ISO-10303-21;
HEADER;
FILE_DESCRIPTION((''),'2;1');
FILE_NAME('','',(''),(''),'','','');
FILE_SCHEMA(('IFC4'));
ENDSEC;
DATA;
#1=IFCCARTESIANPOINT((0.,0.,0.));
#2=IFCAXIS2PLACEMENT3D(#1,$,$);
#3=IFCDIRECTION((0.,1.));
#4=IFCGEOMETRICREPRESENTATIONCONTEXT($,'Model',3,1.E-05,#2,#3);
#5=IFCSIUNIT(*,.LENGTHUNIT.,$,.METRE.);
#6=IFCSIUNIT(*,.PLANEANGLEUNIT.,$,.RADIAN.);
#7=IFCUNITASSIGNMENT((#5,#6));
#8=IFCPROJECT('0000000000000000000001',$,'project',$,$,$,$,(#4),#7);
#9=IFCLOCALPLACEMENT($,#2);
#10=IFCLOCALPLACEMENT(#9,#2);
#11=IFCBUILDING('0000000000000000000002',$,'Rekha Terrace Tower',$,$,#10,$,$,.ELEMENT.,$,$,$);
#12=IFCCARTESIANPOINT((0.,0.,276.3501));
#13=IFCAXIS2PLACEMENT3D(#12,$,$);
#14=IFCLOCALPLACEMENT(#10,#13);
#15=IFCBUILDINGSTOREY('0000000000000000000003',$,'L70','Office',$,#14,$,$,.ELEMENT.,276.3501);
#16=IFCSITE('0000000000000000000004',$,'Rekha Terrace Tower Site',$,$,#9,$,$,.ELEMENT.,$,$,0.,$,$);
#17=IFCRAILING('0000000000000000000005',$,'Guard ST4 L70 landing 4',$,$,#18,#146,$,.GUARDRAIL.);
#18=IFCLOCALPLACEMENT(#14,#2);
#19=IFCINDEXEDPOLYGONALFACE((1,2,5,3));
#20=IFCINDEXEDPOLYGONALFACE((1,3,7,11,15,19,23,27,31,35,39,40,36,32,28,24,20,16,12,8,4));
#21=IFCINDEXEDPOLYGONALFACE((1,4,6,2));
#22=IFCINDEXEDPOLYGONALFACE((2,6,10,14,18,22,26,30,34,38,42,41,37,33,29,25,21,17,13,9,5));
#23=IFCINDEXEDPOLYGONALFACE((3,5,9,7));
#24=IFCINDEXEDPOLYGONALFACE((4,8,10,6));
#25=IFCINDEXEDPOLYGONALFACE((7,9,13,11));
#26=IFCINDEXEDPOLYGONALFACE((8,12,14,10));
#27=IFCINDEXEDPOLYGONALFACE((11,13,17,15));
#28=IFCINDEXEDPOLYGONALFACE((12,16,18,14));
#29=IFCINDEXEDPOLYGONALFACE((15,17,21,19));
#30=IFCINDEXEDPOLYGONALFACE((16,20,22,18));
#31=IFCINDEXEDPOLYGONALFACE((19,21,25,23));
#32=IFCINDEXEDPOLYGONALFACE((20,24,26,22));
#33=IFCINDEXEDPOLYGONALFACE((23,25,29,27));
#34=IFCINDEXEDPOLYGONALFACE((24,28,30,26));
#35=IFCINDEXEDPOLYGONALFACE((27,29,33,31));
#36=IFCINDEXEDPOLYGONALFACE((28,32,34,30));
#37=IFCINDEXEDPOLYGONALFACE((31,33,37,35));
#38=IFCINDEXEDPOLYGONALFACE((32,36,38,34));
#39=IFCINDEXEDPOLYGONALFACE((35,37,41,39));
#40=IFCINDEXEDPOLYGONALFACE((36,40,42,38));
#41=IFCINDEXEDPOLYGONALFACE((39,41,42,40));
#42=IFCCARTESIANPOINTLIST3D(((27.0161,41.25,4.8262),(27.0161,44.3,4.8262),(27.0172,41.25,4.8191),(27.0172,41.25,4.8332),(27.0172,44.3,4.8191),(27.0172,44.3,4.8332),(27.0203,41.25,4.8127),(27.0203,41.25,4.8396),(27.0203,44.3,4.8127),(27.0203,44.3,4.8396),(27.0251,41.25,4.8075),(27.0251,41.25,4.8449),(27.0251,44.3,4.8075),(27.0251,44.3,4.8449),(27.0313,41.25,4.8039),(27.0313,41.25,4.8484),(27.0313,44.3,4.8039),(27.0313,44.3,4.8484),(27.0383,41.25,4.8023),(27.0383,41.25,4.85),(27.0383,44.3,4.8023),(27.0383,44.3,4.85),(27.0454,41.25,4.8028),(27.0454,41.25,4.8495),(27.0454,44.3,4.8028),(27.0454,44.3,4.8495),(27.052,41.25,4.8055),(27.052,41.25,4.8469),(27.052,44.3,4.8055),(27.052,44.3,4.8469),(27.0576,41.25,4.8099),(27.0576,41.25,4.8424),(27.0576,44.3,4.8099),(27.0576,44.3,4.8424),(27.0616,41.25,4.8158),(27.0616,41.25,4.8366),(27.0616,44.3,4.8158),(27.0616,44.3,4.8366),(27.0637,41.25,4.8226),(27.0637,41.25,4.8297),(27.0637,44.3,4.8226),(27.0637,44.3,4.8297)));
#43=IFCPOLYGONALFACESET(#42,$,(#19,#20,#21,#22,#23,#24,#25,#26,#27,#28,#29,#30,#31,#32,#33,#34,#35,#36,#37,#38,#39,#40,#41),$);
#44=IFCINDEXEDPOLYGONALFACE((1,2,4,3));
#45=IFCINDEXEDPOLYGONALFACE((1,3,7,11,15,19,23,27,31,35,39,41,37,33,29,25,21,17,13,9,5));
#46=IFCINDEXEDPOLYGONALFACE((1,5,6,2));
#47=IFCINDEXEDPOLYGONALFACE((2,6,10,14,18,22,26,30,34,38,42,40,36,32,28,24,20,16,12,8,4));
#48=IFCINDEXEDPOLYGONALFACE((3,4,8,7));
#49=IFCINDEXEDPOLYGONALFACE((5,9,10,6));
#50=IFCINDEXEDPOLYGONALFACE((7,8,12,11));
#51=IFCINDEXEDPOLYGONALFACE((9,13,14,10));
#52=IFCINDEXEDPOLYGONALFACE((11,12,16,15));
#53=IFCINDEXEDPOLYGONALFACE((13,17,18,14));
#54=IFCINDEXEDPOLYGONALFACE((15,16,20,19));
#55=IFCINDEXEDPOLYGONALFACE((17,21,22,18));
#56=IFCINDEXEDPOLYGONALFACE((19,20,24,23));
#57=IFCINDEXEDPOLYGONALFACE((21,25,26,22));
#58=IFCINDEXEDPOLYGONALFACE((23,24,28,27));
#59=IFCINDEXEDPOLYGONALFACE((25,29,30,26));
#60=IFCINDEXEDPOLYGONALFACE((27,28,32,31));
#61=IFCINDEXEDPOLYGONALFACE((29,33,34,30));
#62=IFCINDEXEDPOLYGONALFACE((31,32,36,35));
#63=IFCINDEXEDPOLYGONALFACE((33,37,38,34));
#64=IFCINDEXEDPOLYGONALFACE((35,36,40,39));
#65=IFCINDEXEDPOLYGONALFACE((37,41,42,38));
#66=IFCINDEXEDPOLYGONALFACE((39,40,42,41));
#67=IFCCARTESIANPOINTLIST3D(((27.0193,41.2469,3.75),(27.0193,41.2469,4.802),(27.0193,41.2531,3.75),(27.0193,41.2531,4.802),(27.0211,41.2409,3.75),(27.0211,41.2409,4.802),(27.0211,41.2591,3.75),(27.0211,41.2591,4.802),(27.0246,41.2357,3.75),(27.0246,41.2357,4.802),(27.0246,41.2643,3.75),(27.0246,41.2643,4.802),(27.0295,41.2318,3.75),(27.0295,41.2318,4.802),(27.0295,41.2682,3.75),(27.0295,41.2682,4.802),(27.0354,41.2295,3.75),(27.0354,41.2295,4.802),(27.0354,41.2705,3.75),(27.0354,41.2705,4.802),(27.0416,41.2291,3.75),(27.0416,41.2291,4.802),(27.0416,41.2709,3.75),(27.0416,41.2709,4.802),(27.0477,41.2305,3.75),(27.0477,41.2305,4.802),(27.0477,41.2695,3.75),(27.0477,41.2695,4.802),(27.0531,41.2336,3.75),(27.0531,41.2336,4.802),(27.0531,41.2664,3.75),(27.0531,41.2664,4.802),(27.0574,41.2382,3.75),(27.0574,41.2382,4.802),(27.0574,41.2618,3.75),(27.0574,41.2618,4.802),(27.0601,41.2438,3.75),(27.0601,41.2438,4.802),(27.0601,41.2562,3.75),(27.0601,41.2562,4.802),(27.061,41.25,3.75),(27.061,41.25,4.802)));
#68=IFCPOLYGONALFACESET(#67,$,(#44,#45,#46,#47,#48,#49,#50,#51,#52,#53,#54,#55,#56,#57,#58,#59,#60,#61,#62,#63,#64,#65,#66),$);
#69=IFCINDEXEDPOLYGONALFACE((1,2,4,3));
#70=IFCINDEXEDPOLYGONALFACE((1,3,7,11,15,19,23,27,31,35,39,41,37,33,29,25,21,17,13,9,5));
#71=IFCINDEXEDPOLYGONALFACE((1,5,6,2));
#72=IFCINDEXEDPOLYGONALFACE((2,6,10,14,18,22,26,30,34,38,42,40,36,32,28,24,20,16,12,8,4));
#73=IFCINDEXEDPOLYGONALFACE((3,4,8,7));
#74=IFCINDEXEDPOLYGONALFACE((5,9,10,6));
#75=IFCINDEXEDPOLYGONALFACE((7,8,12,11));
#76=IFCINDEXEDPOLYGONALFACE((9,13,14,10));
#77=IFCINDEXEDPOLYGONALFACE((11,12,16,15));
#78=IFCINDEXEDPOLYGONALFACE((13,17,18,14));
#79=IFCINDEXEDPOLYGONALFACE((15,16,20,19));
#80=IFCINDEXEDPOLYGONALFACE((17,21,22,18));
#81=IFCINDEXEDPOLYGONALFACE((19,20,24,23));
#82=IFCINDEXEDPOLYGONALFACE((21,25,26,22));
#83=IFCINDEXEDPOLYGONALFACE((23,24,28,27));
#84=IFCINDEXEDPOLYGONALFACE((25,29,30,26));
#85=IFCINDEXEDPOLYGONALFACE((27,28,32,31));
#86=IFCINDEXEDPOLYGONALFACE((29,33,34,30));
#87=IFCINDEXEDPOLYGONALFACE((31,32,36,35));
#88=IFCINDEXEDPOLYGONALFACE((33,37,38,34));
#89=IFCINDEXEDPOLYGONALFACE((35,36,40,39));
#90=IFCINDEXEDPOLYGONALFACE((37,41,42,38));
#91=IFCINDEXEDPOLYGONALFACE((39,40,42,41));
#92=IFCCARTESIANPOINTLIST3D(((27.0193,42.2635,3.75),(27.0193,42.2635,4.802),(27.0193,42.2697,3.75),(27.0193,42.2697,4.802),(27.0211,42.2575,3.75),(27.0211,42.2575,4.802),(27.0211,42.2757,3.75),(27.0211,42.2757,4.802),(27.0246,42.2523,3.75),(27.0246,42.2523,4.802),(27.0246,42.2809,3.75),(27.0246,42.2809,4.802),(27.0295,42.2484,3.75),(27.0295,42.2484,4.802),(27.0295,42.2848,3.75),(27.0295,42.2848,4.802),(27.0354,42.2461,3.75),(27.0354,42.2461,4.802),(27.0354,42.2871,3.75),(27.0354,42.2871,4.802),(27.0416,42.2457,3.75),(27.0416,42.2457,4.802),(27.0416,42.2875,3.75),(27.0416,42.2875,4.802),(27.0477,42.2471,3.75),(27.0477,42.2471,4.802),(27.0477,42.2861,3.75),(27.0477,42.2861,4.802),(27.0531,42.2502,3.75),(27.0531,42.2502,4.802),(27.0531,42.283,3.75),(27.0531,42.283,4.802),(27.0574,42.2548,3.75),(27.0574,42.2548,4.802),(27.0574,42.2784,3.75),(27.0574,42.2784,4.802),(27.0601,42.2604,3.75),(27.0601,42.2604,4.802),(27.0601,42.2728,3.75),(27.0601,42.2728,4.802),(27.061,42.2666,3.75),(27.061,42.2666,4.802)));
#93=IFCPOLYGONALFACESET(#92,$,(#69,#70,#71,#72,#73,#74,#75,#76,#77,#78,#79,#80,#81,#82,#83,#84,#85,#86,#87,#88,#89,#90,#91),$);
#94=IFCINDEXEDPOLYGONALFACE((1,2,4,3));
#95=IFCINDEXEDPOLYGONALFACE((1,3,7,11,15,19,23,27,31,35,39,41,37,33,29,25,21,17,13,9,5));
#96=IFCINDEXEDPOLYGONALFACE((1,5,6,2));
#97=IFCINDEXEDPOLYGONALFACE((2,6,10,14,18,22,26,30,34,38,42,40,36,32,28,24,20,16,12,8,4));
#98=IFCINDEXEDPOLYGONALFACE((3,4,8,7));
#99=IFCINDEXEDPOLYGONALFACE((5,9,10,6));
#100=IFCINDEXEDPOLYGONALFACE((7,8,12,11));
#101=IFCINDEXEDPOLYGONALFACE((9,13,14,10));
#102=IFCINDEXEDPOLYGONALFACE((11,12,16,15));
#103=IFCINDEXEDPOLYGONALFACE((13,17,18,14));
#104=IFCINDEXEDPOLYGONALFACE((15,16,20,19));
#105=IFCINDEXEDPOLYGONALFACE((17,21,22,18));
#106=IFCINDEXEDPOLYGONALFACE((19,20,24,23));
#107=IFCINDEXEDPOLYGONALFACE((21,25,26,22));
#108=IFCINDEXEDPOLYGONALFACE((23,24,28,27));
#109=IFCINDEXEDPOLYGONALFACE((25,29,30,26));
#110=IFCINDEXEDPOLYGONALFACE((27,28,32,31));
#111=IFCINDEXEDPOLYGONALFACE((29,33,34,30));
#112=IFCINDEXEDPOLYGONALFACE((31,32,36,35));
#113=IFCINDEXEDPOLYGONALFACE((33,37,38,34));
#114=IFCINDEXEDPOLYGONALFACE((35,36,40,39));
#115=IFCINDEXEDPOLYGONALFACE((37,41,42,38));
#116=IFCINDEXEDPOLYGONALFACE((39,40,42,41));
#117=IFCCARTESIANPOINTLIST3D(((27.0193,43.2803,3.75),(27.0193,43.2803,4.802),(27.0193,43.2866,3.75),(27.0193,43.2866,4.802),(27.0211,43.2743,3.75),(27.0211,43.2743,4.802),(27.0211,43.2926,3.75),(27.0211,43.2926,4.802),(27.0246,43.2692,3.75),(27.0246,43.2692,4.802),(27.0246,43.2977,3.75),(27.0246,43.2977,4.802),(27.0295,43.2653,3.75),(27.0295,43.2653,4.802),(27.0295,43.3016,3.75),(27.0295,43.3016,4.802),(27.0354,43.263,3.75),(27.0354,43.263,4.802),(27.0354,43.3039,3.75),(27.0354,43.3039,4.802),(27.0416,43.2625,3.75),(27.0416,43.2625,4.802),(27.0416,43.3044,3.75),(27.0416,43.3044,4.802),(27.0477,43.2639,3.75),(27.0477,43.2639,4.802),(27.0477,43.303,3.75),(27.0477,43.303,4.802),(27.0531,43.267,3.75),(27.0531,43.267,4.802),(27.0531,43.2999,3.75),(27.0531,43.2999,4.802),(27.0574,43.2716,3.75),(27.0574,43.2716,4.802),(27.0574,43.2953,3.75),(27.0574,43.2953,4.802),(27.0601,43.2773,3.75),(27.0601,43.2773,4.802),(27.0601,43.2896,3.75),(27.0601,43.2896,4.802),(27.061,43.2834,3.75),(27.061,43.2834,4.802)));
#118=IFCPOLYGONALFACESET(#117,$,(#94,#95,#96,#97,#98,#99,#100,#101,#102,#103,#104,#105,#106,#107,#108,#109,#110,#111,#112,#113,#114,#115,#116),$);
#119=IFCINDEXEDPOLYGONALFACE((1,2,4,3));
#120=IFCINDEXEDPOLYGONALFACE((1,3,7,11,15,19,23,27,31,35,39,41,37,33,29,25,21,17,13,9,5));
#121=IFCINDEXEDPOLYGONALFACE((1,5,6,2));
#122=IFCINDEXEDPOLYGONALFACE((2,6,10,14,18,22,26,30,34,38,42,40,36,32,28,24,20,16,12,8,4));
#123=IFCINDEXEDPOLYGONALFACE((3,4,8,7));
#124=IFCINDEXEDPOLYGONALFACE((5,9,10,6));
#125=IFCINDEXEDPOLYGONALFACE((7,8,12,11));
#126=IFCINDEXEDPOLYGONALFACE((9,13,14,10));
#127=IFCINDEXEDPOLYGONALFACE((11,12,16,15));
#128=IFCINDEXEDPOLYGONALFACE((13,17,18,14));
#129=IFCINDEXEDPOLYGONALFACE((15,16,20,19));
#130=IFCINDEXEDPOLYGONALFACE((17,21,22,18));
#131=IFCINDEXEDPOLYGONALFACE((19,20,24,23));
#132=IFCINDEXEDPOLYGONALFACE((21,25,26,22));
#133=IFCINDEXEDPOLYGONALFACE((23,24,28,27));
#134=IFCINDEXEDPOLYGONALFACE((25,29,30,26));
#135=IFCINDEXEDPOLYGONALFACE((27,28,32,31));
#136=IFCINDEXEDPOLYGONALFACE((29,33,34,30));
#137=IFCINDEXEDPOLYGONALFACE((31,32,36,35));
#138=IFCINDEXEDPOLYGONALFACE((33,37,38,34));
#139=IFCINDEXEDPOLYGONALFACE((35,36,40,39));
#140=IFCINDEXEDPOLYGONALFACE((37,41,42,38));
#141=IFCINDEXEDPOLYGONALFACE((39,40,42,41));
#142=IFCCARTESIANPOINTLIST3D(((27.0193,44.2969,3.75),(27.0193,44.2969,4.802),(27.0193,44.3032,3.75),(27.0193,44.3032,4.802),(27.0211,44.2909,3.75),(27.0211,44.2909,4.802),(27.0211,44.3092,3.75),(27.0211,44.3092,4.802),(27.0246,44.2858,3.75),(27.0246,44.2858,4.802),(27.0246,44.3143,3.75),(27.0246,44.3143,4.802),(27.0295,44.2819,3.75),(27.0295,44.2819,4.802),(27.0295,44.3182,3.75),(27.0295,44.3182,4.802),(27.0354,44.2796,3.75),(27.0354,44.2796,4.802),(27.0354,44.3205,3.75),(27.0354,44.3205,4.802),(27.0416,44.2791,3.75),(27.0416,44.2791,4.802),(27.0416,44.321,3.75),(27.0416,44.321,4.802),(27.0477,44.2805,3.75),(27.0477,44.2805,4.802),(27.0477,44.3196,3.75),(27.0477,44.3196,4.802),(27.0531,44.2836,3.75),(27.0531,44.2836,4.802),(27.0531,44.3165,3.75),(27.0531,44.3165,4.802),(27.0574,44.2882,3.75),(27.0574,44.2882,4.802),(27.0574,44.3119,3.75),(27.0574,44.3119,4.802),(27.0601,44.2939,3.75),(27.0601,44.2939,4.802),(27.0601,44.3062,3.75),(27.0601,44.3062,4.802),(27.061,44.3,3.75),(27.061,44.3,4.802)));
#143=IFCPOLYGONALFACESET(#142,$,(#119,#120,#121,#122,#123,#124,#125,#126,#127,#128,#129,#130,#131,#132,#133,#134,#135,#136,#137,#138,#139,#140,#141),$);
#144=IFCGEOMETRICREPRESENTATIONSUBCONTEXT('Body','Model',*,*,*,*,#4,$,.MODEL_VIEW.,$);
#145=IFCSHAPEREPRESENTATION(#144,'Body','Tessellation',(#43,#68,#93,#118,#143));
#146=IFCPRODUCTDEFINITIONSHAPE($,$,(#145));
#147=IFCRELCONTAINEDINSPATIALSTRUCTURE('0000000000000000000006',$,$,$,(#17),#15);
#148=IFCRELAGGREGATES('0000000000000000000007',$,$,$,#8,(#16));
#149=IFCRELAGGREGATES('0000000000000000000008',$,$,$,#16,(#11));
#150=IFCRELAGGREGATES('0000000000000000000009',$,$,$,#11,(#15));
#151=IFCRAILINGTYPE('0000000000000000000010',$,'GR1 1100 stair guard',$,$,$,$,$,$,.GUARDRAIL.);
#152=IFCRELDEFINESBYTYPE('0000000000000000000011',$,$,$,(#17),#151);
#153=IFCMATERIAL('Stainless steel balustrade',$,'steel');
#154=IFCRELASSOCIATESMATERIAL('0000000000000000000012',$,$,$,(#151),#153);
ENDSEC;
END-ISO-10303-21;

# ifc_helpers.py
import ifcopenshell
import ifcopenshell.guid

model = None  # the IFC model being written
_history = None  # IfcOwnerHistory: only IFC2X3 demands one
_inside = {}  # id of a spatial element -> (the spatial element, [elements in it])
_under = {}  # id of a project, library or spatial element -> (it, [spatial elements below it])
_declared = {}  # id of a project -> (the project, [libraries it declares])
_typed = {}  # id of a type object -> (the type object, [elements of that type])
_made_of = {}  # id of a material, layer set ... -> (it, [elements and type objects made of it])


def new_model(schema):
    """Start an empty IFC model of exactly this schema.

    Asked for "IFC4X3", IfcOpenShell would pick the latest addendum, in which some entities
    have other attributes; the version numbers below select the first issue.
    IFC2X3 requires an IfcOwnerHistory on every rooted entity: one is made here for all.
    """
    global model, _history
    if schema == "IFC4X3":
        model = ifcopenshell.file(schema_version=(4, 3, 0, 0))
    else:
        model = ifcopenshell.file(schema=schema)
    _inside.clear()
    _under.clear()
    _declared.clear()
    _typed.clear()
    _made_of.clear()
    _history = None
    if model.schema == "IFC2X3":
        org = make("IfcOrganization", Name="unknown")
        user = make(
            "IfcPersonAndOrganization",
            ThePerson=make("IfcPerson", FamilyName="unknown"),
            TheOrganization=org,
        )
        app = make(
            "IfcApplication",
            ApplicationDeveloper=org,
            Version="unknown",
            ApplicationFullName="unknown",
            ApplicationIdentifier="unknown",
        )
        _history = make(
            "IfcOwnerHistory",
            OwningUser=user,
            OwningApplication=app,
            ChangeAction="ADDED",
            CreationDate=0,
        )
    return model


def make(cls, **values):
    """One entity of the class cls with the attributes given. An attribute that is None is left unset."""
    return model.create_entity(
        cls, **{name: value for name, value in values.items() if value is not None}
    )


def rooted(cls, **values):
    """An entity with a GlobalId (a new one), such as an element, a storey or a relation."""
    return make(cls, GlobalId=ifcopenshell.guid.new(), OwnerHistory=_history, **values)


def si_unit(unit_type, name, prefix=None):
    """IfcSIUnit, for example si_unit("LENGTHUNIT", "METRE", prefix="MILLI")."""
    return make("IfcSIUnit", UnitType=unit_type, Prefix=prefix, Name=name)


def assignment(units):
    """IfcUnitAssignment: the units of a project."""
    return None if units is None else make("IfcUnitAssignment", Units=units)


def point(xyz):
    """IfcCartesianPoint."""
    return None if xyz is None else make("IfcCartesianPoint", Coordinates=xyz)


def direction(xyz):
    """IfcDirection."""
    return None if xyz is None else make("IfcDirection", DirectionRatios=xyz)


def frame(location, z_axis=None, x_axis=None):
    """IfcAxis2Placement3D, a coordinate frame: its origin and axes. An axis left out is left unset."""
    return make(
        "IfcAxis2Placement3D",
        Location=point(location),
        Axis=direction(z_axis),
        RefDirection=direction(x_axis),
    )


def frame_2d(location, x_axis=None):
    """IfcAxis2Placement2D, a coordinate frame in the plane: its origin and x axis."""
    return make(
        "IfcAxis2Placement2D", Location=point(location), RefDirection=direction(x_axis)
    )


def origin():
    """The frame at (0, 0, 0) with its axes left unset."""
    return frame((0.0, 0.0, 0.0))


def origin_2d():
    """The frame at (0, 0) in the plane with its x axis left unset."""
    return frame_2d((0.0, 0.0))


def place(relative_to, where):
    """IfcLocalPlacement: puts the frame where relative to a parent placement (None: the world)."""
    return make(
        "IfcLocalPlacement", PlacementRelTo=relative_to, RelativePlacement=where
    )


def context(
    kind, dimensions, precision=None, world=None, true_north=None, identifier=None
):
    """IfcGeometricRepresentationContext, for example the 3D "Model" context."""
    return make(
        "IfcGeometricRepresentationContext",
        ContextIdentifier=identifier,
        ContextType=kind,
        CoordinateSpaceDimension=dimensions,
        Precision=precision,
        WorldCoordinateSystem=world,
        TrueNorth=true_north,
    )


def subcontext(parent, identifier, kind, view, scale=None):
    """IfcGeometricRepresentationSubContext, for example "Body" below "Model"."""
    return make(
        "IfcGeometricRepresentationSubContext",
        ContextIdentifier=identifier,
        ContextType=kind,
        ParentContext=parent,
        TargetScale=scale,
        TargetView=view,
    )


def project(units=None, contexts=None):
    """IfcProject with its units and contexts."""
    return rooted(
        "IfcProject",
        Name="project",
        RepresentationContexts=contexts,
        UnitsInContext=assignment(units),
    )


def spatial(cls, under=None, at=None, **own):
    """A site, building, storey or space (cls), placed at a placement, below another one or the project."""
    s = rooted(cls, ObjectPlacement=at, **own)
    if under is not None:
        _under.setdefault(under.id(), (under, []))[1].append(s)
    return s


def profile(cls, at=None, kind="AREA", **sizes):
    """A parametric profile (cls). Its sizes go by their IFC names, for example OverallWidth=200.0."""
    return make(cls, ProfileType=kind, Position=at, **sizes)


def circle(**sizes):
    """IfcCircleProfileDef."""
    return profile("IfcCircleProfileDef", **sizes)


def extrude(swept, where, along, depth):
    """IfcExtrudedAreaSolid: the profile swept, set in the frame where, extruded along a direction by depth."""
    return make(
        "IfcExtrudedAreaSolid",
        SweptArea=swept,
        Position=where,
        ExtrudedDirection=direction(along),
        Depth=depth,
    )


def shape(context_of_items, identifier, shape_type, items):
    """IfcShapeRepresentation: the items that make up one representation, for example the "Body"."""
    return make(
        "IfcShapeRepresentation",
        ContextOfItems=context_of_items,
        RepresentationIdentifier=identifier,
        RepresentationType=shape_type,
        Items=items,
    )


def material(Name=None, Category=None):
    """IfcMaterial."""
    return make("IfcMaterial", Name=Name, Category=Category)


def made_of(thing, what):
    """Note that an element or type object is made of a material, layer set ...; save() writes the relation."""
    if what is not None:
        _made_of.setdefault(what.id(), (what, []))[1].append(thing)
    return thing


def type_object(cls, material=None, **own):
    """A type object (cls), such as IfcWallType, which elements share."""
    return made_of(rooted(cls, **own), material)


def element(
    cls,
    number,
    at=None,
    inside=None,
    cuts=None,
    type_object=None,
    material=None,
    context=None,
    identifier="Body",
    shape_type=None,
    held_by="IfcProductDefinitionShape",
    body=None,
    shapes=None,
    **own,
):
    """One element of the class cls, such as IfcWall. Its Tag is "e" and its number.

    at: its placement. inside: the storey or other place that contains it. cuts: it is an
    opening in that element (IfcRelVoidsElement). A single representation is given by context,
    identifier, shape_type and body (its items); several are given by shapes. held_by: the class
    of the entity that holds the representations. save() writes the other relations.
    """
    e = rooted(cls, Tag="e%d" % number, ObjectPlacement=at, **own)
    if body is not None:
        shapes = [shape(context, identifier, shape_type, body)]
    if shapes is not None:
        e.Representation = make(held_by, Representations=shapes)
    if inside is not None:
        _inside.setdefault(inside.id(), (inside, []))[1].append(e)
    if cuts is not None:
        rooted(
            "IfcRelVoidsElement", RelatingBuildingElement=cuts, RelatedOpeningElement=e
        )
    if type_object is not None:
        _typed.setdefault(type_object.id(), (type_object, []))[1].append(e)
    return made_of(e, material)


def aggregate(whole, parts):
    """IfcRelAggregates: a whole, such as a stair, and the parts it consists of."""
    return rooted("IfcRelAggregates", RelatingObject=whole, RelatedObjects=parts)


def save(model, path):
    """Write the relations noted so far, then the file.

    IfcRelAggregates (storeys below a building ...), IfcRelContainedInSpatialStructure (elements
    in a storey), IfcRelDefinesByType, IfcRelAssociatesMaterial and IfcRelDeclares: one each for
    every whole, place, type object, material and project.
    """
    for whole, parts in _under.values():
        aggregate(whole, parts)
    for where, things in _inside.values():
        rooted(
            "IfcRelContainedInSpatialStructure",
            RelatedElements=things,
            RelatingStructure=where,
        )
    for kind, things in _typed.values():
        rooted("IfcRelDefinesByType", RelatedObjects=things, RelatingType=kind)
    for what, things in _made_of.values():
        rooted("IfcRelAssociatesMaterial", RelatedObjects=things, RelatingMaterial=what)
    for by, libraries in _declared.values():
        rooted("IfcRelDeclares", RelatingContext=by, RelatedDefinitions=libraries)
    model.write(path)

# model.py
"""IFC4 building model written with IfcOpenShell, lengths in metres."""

from ifc_helpers import new_model, si_unit, direction, frame, origin, origin_2d, place, context, subcontext, project, spatial, circle, extrude, material, type_object, element, save


model = new_model("IFC4")

# Units and contexts
model_context = context("Model", 3, precision=1e-05, world=origin(), true_north=direction((0.0, 1.0)))
body_context = subcontext(model_context, "Body", "Model", "MODEL_VIEW")
ifc_project = project(units=[si_unit("LENGTHUNIT", "METRE"), si_unit("PLANEANGLEUNIT", "RADIAN")], contexts=[model_context])

# Site, building, storey
site_placement = place(None, origin())
site = spatial("IfcSite", under=ifc_project, at=site_placement, Name="Rekha Terrace Tower Site", CompositionType="ELEMENT", RefElevation=0.0)
building_placement = place(site_placement, origin())
building = spatial("IfcBuilding", under=site, at=building_placement, Name="Rekha Terrace Tower", CompositionType="ELEMENT")
storey_placement = place(building_placement, frame((0.0, 0.0, 276.3501)))
storey = spatial("IfcBuildingStorey", under=building, at=storey_placement, Name="L70", Description="Office", CompositionType="ELEMENT", Elevation=276.3501)

# Railing
ifc_material_1 = material(Name="Stainless steel balustrade", Category="steel")
railing_type_1 = type_object("IfcRailingType", Name="GR1 1100 stair guard", PredefinedType="GUARDRAIL", material=ifc_material_1)
railing_1_placement = place(storey_placement, frame((27.04, 41.25, 3.75)))
element("IfcRailing", 1, at=railing_1_placement, inside=storey, type_object=railing_type_1, Name="Guard ST4 L70 landing 4", PredefinedType="GUARDRAIL", context=body_context, shape_type="SweptSolid", body=[
    extrude(circle(Radius=0.0239, at=origin_2d()), frame((0.0, 0.0, 1.0762), z_axis=(0.0, 1.0, 0.0), x_axis=(-1.0, 0.0, 0.0)), (0.0, 0.0, 1.0), 3.05),
    extrude(circle(Radius=0.021, at=origin_2d()), origin(), (0.0, 0.0, 1.0), 1.052),
    extrude(circle(Radius=0.021, at=origin_2d()), frame((0.0, 1.0166, 0.0)), (0.0, 0.0, 1.0), 1.052),
    extrude(circle(Radius=0.021, at=origin_2d()), frame((0.0, 2.0334, 0.0)), (0.0, 0.0, 1.0), 1.052),
    extrude(circle(Radius=0.021, at=origin_2d()), frame((0.0, 3.05, 0.0)), (0.0, 0.0, 1.0), 1.052),
])

save(model, "model.ifc")
